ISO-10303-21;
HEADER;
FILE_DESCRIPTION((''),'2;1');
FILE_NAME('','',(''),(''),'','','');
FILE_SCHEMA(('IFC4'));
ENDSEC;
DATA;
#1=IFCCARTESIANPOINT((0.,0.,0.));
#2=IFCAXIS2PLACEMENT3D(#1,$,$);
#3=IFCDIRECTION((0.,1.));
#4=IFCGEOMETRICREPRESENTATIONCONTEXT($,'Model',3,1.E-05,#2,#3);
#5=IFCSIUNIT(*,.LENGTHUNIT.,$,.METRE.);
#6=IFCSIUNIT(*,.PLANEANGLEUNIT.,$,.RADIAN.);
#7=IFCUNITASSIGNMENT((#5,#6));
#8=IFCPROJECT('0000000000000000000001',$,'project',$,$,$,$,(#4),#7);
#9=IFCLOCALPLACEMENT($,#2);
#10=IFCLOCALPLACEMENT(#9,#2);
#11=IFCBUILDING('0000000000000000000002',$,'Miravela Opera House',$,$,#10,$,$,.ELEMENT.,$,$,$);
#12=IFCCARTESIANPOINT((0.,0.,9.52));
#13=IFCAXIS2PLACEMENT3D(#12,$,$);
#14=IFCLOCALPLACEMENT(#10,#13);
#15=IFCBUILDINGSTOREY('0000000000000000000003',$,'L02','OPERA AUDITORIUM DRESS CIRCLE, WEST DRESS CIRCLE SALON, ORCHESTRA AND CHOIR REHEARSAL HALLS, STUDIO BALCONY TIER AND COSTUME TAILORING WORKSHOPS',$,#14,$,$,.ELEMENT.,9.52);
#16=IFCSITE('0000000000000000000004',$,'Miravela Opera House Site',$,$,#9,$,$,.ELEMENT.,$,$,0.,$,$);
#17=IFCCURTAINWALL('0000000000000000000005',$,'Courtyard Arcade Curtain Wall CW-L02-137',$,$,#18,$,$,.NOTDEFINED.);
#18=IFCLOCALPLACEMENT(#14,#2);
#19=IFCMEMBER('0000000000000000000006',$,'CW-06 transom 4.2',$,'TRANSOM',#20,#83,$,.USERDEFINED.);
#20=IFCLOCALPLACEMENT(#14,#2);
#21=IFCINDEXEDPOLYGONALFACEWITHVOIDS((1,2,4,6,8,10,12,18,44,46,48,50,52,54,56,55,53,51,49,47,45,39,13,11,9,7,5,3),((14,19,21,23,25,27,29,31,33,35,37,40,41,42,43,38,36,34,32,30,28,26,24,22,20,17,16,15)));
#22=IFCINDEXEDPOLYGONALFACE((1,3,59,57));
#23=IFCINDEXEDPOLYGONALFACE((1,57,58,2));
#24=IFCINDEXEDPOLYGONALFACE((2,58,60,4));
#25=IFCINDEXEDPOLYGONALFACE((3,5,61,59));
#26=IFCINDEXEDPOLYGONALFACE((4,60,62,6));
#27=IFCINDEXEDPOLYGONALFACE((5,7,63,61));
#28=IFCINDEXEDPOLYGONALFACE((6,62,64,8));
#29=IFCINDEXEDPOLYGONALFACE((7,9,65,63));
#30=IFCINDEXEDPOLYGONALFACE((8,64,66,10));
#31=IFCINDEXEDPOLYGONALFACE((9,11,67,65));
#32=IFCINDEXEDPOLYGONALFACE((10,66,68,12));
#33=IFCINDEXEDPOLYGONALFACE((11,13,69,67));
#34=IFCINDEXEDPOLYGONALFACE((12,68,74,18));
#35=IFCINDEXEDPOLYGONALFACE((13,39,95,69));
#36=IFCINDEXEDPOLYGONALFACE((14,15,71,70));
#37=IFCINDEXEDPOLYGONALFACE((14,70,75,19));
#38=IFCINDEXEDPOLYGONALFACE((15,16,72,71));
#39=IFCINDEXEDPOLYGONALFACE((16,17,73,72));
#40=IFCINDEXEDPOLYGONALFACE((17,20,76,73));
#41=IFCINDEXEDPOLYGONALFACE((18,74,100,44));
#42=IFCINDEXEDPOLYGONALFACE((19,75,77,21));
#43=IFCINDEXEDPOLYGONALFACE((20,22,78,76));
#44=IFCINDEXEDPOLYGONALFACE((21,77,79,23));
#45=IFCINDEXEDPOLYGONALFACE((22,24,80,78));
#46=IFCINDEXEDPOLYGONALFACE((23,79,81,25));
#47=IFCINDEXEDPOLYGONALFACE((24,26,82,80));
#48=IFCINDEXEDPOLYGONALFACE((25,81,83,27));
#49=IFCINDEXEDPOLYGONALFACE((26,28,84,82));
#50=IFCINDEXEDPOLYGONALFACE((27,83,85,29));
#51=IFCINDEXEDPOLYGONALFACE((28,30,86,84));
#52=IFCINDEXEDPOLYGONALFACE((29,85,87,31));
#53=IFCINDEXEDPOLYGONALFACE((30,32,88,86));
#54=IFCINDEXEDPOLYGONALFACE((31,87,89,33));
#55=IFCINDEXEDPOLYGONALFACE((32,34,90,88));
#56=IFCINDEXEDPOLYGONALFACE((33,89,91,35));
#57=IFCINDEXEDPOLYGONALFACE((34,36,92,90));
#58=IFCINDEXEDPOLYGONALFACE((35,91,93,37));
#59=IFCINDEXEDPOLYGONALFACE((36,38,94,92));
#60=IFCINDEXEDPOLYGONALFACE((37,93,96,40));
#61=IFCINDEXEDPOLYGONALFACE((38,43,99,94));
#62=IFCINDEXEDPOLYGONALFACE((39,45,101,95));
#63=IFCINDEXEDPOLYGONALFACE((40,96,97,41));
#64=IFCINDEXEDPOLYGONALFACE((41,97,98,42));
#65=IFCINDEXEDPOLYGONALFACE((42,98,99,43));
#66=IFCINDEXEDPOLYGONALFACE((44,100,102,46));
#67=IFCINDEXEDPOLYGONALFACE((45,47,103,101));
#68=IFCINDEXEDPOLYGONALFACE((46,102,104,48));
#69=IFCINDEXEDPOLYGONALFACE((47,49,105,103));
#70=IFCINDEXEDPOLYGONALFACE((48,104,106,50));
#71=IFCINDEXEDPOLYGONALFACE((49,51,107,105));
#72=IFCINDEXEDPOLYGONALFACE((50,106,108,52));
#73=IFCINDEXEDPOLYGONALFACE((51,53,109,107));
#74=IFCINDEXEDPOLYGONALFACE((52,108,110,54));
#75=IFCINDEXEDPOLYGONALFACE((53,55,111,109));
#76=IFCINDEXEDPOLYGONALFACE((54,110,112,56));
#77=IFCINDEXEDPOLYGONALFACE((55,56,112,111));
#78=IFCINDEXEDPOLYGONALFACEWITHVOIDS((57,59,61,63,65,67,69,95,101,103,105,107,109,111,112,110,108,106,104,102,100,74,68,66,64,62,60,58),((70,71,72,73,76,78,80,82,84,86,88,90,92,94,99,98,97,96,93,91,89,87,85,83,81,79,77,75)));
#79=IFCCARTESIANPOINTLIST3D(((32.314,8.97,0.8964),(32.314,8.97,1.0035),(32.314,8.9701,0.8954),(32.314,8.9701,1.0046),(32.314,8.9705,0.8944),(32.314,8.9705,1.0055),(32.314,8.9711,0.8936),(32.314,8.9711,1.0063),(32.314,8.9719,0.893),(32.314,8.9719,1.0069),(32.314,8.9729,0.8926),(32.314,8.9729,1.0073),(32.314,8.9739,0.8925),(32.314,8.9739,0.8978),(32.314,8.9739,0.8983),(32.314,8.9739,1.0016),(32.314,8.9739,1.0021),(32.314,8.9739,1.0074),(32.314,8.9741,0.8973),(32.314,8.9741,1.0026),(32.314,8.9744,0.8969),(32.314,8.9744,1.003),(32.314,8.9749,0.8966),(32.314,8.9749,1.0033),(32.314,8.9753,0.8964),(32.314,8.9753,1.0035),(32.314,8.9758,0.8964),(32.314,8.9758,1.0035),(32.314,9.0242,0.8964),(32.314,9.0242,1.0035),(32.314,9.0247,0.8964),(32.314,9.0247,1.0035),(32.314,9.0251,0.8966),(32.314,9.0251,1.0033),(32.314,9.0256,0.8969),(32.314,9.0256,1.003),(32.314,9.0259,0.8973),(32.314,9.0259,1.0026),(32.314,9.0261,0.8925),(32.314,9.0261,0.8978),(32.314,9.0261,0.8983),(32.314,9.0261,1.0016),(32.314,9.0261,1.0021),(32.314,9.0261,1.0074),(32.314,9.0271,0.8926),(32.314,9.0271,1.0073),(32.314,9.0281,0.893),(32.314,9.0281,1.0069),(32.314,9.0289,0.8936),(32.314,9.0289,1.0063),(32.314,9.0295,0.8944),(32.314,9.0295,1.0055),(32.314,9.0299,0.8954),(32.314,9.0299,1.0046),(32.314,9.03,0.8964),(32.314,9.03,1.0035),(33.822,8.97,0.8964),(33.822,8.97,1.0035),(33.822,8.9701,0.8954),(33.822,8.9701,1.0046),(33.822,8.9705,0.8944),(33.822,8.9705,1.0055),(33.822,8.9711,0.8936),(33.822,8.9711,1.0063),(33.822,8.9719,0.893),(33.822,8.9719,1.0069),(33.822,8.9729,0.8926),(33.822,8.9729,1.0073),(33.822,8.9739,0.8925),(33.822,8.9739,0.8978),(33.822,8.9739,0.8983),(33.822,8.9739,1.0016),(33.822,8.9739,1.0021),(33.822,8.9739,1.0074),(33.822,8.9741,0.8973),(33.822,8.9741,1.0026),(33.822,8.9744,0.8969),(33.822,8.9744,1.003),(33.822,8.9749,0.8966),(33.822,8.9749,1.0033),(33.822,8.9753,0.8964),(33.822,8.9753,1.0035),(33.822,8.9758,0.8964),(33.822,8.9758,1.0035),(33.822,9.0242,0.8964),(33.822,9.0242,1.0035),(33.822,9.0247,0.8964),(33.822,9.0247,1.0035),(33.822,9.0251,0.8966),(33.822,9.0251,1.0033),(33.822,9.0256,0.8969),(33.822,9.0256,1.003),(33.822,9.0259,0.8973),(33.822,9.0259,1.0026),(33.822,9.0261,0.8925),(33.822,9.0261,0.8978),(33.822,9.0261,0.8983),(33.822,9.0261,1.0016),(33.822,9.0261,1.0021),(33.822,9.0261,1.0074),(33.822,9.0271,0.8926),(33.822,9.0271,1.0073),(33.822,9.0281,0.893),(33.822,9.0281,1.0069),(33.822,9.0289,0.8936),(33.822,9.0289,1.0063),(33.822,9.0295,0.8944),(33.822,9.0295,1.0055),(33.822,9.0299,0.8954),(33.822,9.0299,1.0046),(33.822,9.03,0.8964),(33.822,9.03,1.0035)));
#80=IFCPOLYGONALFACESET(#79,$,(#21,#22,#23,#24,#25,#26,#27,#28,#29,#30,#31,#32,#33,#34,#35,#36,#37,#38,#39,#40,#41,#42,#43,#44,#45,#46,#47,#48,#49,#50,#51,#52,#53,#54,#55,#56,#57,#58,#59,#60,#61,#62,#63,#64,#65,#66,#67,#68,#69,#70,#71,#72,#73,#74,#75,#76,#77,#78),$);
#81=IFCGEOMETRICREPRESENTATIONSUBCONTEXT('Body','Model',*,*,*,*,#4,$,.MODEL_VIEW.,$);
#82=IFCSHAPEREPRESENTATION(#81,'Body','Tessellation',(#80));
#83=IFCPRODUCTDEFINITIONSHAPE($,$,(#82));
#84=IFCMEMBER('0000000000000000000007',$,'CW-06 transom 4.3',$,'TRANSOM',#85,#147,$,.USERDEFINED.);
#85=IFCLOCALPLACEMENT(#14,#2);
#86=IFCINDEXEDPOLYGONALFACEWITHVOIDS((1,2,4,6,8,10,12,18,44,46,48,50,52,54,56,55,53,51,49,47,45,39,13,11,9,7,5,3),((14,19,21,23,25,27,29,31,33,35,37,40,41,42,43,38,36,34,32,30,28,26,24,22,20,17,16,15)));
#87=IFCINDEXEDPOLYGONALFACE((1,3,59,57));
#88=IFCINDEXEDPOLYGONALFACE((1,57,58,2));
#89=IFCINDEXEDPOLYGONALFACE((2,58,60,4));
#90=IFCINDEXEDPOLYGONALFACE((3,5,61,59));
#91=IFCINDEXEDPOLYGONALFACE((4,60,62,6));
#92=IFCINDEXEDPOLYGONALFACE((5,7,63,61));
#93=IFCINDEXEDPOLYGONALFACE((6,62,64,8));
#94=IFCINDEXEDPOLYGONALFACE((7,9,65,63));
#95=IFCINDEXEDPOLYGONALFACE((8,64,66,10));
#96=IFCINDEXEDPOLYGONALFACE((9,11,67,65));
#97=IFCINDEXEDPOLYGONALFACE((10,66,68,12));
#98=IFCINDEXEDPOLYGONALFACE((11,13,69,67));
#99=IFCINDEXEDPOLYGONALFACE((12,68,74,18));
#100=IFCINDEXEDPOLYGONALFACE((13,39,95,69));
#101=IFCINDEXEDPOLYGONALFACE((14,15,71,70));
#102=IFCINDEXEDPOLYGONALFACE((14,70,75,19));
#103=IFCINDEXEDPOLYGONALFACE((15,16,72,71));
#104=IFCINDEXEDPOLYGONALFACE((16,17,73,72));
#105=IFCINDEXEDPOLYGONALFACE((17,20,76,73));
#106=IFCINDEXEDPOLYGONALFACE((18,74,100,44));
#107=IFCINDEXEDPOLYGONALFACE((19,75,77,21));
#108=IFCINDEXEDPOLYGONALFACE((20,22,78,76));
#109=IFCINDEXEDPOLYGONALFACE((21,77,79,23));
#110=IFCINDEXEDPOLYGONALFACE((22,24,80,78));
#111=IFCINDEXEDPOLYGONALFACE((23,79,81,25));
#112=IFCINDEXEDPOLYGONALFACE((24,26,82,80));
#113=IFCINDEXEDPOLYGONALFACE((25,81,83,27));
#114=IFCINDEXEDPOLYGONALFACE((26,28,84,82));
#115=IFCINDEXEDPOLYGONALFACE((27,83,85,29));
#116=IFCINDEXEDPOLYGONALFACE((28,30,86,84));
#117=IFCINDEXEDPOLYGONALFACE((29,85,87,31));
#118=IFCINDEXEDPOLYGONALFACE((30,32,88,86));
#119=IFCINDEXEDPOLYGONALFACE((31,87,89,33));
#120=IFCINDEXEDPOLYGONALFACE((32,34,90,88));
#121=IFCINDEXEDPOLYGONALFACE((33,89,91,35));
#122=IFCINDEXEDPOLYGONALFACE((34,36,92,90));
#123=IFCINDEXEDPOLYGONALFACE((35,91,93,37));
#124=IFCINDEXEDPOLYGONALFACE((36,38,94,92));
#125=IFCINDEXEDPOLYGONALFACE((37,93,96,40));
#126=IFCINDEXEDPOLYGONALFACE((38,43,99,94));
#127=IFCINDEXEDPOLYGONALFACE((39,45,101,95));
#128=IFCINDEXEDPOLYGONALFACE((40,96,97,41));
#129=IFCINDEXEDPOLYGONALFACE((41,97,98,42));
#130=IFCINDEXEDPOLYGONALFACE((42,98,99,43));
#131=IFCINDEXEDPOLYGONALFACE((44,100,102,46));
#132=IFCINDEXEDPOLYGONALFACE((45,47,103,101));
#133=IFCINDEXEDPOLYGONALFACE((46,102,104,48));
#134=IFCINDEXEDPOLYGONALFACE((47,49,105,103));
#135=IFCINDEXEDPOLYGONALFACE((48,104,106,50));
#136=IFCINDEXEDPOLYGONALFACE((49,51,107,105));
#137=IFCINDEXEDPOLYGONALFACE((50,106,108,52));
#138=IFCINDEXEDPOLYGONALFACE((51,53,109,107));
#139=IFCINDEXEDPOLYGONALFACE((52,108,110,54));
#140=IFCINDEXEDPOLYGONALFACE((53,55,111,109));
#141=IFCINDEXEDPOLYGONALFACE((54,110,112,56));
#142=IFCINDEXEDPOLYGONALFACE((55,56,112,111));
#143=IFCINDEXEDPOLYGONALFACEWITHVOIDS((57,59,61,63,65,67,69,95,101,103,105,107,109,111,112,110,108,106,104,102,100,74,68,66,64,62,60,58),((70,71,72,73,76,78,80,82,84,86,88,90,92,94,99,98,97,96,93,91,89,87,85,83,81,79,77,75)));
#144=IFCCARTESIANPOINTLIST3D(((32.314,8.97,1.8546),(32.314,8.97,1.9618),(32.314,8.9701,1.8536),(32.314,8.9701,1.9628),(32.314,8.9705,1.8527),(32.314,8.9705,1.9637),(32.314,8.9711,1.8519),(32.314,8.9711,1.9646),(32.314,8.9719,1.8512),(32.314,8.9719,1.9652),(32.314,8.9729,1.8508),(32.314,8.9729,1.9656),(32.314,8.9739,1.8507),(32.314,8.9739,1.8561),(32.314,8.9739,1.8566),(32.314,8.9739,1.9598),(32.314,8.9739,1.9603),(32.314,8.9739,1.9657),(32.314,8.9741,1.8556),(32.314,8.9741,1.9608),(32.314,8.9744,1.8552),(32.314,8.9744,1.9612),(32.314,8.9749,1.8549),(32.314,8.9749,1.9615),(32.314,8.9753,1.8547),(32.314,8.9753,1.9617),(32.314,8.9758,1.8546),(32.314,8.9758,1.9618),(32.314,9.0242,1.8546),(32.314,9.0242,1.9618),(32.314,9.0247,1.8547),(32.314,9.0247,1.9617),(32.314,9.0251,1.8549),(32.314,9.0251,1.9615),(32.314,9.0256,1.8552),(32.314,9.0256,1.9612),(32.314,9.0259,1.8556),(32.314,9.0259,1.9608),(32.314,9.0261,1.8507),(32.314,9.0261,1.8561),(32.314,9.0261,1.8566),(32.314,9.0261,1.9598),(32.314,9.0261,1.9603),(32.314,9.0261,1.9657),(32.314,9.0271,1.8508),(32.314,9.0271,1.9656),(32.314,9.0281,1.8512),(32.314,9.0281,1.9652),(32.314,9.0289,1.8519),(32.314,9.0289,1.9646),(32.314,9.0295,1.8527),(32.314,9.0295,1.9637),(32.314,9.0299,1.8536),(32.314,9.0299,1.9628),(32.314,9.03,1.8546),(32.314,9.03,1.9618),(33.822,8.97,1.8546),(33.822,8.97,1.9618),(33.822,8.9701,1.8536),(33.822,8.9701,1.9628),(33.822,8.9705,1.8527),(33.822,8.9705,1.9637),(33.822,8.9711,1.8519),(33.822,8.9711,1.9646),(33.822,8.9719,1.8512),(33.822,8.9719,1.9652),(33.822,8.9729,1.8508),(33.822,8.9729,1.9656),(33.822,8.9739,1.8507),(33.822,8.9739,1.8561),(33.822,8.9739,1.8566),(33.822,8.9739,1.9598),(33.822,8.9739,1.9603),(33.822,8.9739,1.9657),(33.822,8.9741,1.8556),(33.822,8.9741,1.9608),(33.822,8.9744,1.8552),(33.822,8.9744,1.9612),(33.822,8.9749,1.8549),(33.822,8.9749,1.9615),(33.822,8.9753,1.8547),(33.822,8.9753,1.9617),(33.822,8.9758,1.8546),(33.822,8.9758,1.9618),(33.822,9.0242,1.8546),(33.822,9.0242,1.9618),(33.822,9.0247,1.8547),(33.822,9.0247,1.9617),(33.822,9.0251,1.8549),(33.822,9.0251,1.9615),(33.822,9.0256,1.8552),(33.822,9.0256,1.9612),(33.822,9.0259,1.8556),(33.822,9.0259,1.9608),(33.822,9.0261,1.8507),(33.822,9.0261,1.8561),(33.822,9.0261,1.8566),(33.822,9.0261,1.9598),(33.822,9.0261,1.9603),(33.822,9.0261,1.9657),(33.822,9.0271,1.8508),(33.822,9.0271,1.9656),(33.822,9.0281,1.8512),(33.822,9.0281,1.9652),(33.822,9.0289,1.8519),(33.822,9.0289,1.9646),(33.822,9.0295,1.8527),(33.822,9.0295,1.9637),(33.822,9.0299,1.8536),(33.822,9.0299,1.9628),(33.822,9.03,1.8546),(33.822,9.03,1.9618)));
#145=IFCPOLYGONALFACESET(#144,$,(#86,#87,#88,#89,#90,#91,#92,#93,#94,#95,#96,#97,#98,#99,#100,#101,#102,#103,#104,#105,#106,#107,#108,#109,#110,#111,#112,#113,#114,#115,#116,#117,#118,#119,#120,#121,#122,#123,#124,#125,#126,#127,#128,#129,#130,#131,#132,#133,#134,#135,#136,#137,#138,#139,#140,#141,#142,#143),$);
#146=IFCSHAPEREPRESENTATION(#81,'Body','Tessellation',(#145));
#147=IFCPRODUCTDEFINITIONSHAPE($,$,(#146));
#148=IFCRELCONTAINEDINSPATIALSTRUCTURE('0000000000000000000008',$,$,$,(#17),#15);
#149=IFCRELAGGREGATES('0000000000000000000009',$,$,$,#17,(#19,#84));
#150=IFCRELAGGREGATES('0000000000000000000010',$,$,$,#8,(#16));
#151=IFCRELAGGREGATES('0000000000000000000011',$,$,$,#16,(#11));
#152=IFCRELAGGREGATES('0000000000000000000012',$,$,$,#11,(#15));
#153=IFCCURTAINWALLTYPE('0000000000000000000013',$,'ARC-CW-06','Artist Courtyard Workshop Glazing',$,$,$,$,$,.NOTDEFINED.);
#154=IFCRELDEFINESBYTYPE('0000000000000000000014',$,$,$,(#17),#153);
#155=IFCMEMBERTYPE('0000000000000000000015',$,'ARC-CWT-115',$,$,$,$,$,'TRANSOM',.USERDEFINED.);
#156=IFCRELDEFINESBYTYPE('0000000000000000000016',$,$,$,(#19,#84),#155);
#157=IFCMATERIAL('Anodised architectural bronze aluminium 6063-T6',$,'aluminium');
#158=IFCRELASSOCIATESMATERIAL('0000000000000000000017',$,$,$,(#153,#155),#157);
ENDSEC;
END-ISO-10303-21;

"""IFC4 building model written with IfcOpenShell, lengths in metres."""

from ifc_helpers import new_model, si_unit, direction, frame, origin, origin_2d, place, context, subcontext, project, spatial, hollow_rectangle, extrude, material, material_profile, profile_set, type_object, element, aggregate, save


model = new_model("IFC4")

# Units and contexts
model_context = context("Model", 3, precision=1e-05, world=origin(), true_north=direction((0.0, 1.0)))
body_context = subcontext(model_context, "Body", "Model", "MODEL_VIEW")
ifc_project = project(units=[si_unit("LENGTHUNIT", "METRE"), si_unit("PLANEANGLEUNIT", "RADIAN")], contexts=[model_context])

# Site, building, storey
site_placement = place(None, origin())
site = spatial("IfcSite", under=ifc_project, at=site_placement, Name="Miravela Opera House Site", CompositionType="ELEMENT", RefElevation=0.0)
building_placement = place(site_placement, origin())
building = spatial("IfcBuilding", under=site, at=building_placement, Name="Miravela Opera House", CompositionType="ELEMENT")
storey_placement = place(building_placement, frame((0.0, 0.0, 9.52)))
storey = spatial("IfcBuildingStorey", under=building, at=storey_placement, Name="L02", Description="OPERA AUDITORIUM DRESS CIRCLE, WEST DRESS CIRCLE SALON, ORCHESTRA AND CHOIR REHEARSAL HALLS, STUDIO BALCONY TIER AND COSTUME TAILORING WORKSHOPS", CompositionType="ELEMENT", Elevation=9.52)

# Curtain wall, members
ifc_material_1 = material(Name="Anodised architectural bronze aluminium 6063-T6", Category="aluminium")
curtain_wall_type = type_object("IfcCurtainWallType", Name="ARC-CW-06", Description="Artist Courtyard Workshop Glazing", PredefinedType="NOTDEFINED", material=ifc_material_1)
curtain_wall_placement = place(storey_placement, origin())
curtain_wall = element("IfcCurtainWall", 1, at=curtain_wall_placement, inside=storey, type_object=curtain_wall_type, Name="Courtyard Arcade Curtain Wall CW-L02-137", PredefinedType="NOTDEFINED")
ifc_material_profile_1 = material_profile(ifc_material_1, hollow_rectangle(XDim=0.0601, YDim=0.115, WallThickness=0.0039, InnerFilletRadius=0.002, OuterFilletRadius=0.0039, at=origin_2d()), Name="CWT-60X115")
ifc_profile_set_1 = profile_set([ifc_material_profile_1])
member_type_1 = type_object("IfcMemberType", Name="ARC-CWT-115", ElementType="TRANSOM", PredefinedType="USERDEFINED", material=ifc_profile_set_1)
member_1_placement = place(storey_placement, frame((32.314, 9.0, 0.95), z_axis=(1.0, 0.0, 0.0), x_axis=(0.0, 1.0, 0.0)))
member_1 = element("IfcMember", 2, at=member_1_placement, type_object=member_type_1, Name="CW-06 transom 4.2", ObjectType="TRANSOM", PredefinedType="USERDEFINED", context=body_context, shape_type="SweptSolid", body=[
    extrude(hollow_rectangle(XDim=0.0601, YDim=0.115, WallThickness=0.0039, InnerFilletRadius=0.002, OuterFilletRadius=0.0039, at=origin_2d()), origin(), (0.0, 0.0, 1.0), 1.5081),
])
member_2_placement = place(storey_placement, frame((32.314, 9.0, 1.9082), z_axis=(1.0, 0.0, 0.0), x_axis=(0.0, 1.0, 0.0)))
member_2 = element("IfcMember", 3, at=member_2_placement, type_object=member_type_1, Name="CW-06 transom 4.3", ObjectType="TRANSOM", PredefinedType="USERDEFINED", context=body_context, shape_type="SweptSolid", body=[
    extrude(hollow_rectangle(XDim=0.0601, YDim=0.115, WallThickness=0.0039, InnerFilletRadius=0.002, OuterFilletRadius=0.0039, at=origin_2d()), origin(), (0.0, 0.0, 1.0), 1.5081),
])
aggregate(curtain_wall, [member_1, member_2])

save(model, "model.ifc")
